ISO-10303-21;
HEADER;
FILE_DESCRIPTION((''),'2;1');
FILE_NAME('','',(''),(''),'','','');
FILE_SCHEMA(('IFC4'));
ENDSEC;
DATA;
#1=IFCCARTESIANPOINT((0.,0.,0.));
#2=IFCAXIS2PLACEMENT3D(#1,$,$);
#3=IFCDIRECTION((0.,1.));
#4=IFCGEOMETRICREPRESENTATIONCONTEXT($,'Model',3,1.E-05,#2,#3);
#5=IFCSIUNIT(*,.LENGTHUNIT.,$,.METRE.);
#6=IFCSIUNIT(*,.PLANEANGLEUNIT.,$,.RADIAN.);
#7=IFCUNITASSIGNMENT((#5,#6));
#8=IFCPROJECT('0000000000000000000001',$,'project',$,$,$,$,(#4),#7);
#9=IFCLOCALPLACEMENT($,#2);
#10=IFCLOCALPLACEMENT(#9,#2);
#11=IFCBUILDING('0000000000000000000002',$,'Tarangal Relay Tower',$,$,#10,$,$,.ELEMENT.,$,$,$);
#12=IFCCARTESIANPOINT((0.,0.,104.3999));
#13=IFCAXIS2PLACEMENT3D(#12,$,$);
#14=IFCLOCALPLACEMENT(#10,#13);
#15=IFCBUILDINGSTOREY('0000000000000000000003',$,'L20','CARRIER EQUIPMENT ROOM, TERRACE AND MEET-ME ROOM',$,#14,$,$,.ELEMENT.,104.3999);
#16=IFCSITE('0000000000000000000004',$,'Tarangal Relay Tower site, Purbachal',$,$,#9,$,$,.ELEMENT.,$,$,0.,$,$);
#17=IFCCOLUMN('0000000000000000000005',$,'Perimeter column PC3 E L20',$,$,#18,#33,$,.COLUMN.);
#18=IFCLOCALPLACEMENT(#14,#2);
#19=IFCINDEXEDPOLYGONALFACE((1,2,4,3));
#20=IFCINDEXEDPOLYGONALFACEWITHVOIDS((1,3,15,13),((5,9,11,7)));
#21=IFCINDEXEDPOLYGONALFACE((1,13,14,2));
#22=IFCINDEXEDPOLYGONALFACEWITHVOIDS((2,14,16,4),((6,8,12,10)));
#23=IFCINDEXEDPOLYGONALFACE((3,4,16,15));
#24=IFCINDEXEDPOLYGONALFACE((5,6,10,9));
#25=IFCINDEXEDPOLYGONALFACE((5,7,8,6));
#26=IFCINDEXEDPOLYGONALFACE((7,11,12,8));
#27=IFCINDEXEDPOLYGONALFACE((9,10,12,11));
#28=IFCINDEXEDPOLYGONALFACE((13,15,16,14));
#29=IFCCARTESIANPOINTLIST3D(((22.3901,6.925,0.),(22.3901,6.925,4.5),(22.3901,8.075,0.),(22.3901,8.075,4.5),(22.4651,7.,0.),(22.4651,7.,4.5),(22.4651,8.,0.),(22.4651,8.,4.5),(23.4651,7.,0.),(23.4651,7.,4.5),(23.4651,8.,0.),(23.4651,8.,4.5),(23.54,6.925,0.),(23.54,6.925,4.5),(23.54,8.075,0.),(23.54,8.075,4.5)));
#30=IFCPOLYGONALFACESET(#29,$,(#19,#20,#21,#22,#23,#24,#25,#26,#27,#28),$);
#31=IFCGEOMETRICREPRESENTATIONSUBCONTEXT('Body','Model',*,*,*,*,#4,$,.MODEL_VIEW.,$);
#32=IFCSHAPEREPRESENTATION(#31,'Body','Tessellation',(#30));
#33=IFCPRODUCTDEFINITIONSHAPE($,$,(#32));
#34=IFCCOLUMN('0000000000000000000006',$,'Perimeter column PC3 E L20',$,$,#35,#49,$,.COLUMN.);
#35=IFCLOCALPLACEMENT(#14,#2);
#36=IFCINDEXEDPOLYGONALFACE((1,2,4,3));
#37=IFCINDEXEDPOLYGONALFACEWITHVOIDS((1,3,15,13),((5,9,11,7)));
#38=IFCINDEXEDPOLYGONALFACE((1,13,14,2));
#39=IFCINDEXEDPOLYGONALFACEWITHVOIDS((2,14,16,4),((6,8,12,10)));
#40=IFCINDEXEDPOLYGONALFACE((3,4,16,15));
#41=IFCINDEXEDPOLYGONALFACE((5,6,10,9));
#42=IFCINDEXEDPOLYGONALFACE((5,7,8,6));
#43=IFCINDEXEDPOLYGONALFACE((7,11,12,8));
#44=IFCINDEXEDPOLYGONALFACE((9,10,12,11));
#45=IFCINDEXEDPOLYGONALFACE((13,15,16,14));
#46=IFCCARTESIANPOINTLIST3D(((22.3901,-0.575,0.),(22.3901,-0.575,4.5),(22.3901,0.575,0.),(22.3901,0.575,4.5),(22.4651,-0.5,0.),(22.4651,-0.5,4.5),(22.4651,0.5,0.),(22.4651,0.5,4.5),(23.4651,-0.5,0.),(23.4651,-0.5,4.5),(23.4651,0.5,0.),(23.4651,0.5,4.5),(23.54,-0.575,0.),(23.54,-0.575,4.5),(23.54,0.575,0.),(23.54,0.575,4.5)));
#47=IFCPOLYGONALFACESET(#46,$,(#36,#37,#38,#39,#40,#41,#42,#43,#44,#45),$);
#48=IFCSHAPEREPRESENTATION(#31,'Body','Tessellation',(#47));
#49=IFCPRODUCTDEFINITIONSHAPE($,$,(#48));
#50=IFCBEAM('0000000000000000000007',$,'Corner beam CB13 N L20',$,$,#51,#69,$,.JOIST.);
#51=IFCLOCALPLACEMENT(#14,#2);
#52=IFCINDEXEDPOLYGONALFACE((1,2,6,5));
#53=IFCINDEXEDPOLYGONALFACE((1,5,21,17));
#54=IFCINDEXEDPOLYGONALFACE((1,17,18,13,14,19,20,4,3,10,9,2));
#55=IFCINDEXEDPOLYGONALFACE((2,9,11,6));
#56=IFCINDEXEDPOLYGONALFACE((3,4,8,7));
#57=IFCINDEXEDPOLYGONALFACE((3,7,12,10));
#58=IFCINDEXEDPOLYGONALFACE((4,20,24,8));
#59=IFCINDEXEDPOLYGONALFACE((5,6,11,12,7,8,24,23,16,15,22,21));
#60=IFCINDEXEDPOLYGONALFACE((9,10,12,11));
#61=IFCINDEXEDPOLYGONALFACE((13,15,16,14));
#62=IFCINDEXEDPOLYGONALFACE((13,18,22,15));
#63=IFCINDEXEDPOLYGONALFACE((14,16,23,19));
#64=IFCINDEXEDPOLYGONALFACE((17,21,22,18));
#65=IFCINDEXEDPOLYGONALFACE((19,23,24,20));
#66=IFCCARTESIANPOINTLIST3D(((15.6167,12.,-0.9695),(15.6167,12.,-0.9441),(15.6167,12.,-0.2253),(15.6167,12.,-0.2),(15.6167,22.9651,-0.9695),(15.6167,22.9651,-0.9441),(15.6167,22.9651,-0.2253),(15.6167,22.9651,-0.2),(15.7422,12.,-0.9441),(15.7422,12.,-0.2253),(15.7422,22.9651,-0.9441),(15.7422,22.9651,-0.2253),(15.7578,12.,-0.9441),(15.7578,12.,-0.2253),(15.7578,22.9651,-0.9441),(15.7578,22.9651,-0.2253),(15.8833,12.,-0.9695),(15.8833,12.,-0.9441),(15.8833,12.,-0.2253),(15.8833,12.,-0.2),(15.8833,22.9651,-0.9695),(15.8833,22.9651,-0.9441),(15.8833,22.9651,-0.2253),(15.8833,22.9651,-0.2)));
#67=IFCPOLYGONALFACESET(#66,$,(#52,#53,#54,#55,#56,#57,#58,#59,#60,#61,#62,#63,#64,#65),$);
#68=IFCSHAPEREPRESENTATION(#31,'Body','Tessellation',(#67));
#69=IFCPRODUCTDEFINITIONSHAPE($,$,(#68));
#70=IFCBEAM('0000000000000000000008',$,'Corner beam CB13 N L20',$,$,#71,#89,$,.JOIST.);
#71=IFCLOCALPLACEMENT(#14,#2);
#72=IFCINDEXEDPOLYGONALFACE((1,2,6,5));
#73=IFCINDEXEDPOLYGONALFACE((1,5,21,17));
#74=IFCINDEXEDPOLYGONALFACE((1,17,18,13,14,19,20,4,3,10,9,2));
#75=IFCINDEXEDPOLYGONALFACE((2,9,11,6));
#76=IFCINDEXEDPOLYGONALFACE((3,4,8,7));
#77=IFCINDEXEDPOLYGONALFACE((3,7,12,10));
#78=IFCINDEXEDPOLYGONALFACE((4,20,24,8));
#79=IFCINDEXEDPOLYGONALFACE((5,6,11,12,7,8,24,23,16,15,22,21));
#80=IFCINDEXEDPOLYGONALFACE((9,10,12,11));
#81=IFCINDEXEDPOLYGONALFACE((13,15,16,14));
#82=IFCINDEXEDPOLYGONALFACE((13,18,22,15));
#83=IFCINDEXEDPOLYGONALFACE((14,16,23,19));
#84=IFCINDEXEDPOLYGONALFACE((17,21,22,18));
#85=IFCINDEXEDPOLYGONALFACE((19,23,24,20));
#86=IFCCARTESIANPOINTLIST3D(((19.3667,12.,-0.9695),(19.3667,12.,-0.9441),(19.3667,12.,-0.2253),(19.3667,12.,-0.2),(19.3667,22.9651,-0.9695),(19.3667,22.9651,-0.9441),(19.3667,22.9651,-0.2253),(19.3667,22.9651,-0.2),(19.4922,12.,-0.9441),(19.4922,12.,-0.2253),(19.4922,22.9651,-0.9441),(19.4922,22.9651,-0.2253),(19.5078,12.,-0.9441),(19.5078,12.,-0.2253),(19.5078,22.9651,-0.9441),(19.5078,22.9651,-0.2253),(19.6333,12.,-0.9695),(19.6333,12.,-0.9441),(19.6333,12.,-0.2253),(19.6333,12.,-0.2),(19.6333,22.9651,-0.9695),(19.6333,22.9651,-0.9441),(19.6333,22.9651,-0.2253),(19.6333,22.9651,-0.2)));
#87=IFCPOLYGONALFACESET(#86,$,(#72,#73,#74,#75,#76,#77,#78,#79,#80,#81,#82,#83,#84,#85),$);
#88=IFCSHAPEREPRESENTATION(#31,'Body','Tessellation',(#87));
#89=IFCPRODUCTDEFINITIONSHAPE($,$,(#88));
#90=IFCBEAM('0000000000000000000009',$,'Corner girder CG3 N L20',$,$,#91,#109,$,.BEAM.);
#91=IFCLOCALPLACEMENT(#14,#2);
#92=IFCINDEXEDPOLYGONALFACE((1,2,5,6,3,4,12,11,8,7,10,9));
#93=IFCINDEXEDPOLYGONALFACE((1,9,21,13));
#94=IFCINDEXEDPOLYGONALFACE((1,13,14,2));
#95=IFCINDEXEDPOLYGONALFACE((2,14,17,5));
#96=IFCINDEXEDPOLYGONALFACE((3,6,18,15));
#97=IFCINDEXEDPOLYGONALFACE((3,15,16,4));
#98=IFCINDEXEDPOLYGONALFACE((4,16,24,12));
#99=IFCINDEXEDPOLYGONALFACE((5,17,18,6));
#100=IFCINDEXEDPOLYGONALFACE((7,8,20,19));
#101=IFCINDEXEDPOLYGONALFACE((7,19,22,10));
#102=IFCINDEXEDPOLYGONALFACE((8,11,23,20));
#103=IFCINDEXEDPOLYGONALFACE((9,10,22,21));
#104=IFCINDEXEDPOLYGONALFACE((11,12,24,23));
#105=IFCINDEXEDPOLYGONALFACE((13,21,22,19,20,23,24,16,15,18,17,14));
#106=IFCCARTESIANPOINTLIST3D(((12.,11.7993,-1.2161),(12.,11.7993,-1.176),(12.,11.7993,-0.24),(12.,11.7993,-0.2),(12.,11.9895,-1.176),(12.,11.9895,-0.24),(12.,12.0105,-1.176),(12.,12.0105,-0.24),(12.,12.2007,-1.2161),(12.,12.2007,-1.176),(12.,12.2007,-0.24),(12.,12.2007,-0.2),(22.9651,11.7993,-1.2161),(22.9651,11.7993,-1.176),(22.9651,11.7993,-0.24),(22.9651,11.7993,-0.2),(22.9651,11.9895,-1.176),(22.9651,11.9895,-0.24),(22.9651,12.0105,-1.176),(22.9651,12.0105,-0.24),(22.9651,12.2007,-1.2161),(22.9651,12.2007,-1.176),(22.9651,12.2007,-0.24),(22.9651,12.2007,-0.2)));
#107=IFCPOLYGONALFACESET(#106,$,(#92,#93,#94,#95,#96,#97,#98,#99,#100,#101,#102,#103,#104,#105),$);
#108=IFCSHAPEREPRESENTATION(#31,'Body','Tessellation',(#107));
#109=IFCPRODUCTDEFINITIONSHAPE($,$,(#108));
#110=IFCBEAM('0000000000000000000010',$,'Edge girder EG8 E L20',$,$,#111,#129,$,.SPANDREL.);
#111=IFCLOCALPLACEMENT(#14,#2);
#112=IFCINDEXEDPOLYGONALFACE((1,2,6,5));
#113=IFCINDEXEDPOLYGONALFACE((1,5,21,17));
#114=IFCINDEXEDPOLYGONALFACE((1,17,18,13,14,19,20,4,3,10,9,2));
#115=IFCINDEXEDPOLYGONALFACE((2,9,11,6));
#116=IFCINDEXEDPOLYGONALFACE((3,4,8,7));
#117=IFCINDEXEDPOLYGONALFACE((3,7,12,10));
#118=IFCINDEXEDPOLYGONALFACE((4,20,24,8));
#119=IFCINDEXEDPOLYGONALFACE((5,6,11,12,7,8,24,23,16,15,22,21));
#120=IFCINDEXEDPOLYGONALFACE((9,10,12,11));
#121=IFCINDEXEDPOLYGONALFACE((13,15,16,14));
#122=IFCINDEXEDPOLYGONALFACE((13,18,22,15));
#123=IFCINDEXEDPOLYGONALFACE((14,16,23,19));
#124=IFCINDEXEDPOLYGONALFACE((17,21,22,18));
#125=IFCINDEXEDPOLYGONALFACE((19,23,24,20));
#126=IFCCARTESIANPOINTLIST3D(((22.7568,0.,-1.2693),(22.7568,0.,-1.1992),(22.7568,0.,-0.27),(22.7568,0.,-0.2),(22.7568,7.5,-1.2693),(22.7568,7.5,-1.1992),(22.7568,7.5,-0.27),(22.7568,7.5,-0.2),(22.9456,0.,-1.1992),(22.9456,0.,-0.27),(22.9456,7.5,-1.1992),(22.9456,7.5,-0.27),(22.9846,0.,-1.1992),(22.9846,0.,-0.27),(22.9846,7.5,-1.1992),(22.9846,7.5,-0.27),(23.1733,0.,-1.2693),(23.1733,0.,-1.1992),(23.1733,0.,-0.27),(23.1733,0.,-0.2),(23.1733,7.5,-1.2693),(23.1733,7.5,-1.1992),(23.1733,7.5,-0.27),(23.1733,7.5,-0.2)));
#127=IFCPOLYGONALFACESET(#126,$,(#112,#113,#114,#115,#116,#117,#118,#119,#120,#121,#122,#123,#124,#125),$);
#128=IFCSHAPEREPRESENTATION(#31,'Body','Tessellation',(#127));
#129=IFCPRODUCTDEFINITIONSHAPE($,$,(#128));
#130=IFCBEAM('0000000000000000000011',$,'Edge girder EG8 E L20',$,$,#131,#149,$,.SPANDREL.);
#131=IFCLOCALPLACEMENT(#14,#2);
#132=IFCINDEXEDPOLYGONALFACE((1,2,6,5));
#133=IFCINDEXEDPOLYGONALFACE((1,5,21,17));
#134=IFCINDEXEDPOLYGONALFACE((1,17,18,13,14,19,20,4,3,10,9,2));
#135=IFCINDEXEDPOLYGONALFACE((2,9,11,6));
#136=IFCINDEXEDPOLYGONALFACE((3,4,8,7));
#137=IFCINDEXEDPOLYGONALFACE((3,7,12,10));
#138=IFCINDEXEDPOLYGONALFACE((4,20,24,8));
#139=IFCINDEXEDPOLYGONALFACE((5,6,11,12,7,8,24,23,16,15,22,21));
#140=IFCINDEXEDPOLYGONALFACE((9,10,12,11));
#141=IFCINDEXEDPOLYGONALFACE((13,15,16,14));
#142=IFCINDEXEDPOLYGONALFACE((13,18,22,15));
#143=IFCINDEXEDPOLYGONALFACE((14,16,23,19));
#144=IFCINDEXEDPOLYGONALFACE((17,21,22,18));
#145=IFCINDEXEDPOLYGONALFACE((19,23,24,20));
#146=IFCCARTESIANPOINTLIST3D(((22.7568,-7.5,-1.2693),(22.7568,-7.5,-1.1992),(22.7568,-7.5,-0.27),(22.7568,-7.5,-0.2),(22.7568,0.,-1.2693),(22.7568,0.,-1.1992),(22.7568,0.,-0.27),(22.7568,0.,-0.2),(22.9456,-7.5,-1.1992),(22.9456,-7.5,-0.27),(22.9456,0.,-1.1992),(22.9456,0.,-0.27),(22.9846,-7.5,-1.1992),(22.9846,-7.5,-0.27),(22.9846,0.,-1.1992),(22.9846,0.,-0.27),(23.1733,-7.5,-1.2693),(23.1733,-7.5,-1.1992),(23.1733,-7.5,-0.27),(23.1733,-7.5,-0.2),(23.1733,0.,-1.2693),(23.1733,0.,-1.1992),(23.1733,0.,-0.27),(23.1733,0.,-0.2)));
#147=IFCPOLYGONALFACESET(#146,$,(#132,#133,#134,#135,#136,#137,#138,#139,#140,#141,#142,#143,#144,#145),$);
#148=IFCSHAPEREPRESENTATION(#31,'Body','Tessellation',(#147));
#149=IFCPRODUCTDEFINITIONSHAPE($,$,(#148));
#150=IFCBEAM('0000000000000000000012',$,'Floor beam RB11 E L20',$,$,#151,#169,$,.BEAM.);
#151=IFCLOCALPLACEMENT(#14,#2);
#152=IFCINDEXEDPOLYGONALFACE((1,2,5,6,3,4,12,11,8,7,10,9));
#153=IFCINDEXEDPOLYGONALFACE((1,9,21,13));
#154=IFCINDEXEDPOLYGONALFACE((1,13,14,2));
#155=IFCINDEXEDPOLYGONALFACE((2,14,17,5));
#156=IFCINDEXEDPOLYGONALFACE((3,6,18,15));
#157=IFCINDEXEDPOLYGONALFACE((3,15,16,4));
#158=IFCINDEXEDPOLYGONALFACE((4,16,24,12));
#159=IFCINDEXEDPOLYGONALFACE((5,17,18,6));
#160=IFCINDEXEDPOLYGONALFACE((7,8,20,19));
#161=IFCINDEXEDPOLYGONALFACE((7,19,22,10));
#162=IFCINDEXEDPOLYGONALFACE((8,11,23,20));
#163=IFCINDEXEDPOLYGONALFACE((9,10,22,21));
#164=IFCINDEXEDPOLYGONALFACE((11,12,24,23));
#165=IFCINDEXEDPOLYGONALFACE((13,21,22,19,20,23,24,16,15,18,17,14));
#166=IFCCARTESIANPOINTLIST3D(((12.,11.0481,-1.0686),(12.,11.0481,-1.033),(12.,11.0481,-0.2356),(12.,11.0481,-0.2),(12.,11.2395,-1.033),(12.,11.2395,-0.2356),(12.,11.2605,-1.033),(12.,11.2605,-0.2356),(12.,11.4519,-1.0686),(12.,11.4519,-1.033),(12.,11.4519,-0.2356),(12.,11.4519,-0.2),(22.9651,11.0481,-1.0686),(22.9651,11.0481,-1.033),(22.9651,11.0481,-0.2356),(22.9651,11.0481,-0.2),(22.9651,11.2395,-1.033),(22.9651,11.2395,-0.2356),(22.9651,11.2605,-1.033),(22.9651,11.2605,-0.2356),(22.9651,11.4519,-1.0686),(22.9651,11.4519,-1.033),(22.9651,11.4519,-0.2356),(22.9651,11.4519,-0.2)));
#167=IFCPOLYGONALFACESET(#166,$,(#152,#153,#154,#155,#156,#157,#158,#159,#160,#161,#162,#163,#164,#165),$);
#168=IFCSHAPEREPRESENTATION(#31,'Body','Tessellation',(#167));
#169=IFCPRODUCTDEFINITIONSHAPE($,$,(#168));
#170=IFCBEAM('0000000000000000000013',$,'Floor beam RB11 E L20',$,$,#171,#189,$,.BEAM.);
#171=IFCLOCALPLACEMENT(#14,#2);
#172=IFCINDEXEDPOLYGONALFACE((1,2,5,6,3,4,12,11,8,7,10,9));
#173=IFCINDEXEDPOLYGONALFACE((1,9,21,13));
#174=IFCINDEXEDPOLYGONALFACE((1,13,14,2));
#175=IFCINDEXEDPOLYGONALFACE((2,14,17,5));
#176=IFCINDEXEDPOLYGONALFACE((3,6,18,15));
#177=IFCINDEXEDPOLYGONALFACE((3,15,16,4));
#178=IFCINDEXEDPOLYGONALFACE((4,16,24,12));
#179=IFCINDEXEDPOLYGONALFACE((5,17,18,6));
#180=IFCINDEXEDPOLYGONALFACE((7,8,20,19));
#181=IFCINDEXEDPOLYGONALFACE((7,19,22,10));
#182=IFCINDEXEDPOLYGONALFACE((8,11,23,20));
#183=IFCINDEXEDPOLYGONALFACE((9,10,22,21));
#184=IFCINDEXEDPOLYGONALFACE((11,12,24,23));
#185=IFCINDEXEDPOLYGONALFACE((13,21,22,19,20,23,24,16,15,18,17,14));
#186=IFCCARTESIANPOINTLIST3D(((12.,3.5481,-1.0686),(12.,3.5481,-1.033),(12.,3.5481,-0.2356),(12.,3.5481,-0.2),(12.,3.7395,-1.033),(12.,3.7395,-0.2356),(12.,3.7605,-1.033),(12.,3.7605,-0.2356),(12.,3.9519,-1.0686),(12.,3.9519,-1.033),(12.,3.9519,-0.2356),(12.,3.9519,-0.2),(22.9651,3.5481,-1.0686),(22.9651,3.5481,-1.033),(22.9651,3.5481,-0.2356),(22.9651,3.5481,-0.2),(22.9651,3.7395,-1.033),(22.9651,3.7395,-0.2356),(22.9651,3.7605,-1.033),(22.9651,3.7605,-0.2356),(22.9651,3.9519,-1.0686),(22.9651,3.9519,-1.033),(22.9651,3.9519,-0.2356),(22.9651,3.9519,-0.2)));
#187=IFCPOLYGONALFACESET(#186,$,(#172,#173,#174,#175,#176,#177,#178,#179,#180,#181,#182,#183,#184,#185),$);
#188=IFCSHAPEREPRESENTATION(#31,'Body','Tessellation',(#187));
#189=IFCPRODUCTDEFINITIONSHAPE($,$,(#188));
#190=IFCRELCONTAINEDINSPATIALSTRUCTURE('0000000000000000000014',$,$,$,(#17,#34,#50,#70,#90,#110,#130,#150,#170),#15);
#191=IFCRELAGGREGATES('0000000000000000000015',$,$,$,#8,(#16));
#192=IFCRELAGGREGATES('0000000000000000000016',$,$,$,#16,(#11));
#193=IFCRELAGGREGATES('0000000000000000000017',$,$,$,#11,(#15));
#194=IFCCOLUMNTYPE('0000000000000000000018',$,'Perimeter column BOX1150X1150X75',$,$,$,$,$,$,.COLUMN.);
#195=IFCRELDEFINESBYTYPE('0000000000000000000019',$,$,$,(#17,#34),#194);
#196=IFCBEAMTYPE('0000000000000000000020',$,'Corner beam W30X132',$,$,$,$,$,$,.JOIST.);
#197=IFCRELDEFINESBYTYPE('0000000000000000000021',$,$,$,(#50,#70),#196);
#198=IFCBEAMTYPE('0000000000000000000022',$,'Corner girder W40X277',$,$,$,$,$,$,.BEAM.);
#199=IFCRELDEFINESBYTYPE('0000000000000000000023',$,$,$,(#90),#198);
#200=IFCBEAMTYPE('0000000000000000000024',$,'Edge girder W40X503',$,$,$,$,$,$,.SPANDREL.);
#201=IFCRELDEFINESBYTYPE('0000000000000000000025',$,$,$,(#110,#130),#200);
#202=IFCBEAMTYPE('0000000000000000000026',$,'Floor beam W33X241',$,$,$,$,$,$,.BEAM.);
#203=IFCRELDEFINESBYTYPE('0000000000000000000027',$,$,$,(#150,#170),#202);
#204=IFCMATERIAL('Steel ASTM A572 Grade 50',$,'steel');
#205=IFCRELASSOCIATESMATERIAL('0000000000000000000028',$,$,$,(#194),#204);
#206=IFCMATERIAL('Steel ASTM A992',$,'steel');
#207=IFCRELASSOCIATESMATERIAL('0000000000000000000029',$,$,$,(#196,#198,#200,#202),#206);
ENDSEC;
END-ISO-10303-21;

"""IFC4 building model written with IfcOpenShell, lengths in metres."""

from ifc_helpers import new_model, si_unit, direction, frame, origin, origin_2d, place, context, subcontext, project, spatial, hollow_rectangle, i_section, extrude, material, material_profile, profile_set, type_object, element, save


model = new_model("IFC4")

# Units and contexts
model_context = context("Model", 3, precision=1e-05, world=origin(), true_north=direction((0.0, 1.0)))
body_context = subcontext(model_context, "Body", "Model", "MODEL_VIEW")
ifc_project = project(units=[si_unit("LENGTHUNIT", "METRE"), si_unit("PLANEANGLEUNIT", "RADIAN")], contexts=[model_context])

# Site, building, storey
site_placement = place(None, origin())
site = spatial("IfcSite", under=ifc_project, at=site_placement, Name="Tarangal Relay Tower site, Purbachal", CompositionType="ELEMENT", RefElevation=0.0)
building_placement = place(site_placement, origin())
building = spatial("IfcBuilding", under=site, at=building_placement, Name="Tarangal Relay Tower", CompositionType="ELEMENT")
storey_placement = place(building_placement, frame((0.0, 0.0, 104.3999)))
storey = spatial("IfcBuildingStorey", under=building, at=storey_placement, Name="L20", Description="CARRIER EQUIPMENT ROOM, TERRACE AND MEET-ME ROOM", CompositionType="ELEMENT", Elevation=104.3999)

# Columns
ifc_material_1 = material(Name="Steel ASTM A572 Grade 50", Category="steel")
ifc_material_profile_1 = material_profile(ifc_material_1, hollow_rectangle(XDim=1.1499, YDim=1.1499, WallThickness=0.075, at=origin_2d()), Name="BOX1150X1150X75")
ifc_profile_set_1 = profile_set([ifc_material_profile_1], Name="Steel ASTM A572 Grade 50")
column_type = type_object("IfcColumnType", Name="Perimeter column BOX1150X1150X75", PredefinedType="COLUMN", material=ifc_profile_set_1)
for number, where, z_axis, x_axis, name in (
    (1, (22.9651, 7.5, 0.0), (0.0, 0.0, 1.0), (1.0, 0.0, 0.0), "Perimeter column PC3 E L20"),
    (2, (22.9651, 0.0, 0.0), (0.0, 0.0, 1.0), (1.0, 0.0, 0.0), "Perimeter column PC3 E L20"),
):
    element("IfcColumn", number, at=place(storey_placement, frame(where, z_axis=z_axis, x_axis=x_axis)), inside=storey, type_object=column_type, Name=name, PredefinedType="COLUMN", context=body_context, shape_type="SweptSolid", body=[
        extrude(hollow_rectangle(XDim=1.1499, YDim=1.1499, WallThickness=0.075, at=origin_2d()), origin(), (0.0, 0.0, 1.0), 4.5),
    ])

# Beams
ifc_material_2 = material(Name="Steel ASTM A992", Category="steel")
ifc_material_profile_2 = material_profile(ifc_material_2, i_section(OverallWidth=0.2666, OverallDepth=0.7695, WebThickness=0.0156, FlangeThickness=0.0254, at=origin_2d()), Name="W30X132")
ifc_profile_set_2 = profile_set([ifc_material_profile_2], Name="Steel ASTM A992")
beam_type_1 = type_object("IfcBeamType", Name="Corner beam W30X132", PredefinedType="JOIST", material=ifc_profile_set_2)
for number, where, z_axis, x_axis, name in (
    (3, (15.75, 12.0, -0.5847), (0.0, 1.0, 0.0), (-1.0, 0.0, 0.0), "Corner beam CB13 N L20"),
    (4, (19.5, 12.0, -0.5847), (0.0, 1.0, 0.0), (-1.0, 0.0, 0.0), "Corner beam CB13 N L20"),
):
    element("IfcBeam", number, at=place(storey_placement, frame(where, z_axis=z_axis, x_axis=x_axis)), inside=storey, type_object=beam_type_1, Name=name, PredefinedType="JOIST", context=body_context, shape_type="SweptSolid", body=[
        extrude(i_section(OverallWidth=0.2666, OverallDepth=0.7695, WebThickness=0.0156, FlangeThickness=0.0254, at=origin_2d()), origin(), (0.0, 0.0, 1.0), 10.9651),
    ])
ifc_material_profile_3 = material_profile(ifc_material_2, i_section(OverallWidth=0.4014, OverallDepth=1.0161, WebThickness=0.021, FlangeThickness=0.04, at=origin_2d()), Name="W40X277")
ifc_profile_set_3 = profile_set([ifc_material_profile_3], Name="Steel ASTM A992")
beam_type_2 = type_object("IfcBeamType", Name="Corner girder W40X277", PredefinedType="BEAM", material=ifc_profile_set_3)
beam_placement = place(storey_placement, frame((12.0, 12.0, -0.708), z_axis=(1.0, 0.0, 0.0), x_axis=(0.0, 1.0, 0.0)))
element("IfcBeam", 5, at=beam_placement, inside=storey, type_object=beam_type_2, Name="Corner girder CG3 N L20", PredefinedType="BEAM", context=body_context, shape_type="SweptSolid", body=[
    extrude(i_section(OverallWidth=0.4014, OverallDepth=1.0161, WebThickness=0.021, FlangeThickness=0.04, at=origin_2d()), origin(), (0.0, 0.0, 1.0), 10.9651),
])
ifc_material_profile_4 = material_profile(ifc_material_2, i_section(OverallWidth=0.4165, OverallDepth=1.0693, WebThickness=0.0391, FlangeThickness=0.0701, at=origin_2d()), Name="W40X503")
ifc_profile_set_4 = profile_set([ifc_material_profile_4], Name="Steel ASTM A992")
beam_type_3 = type_object("IfcBeamType", Name="Edge girder W40X503", PredefinedType="SPANDREL", material=ifc_profile_set_4)
for number, where, z_axis, x_axis, name in (
    (6, (22.9651, 7.5, -0.7346), (0.0, -1.0, 0.0), (1.0, 0.0, 0.0), "Edge girder EG8 E L20"),
    (7, (22.9651, 0.0, -0.7346), (0.0, -1.0, 0.0), (1.0, 0.0, 0.0), "Edge girder EG8 E L20"),
):
    element("IfcBeam", number, at=place(storey_placement, frame(where, z_axis=z_axis, x_axis=x_axis)), inside=storey, type_object=beam_type_3, Name=name, PredefinedType="SPANDREL", context=body_context, shape_type="SweptSolid", body=[
        extrude(i_section(OverallWidth=0.4165, OverallDepth=1.0693, WebThickness=0.0391, FlangeThickness=0.0701, at=origin_2d()), origin(), (0.0, 0.0, 1.0), 7.5),
    ])
ifc_material_profile_5 = material_profile(ifc_material_2, i_section(OverallWidth=0.4038, OverallDepth=0.8687, WebThickness=0.021, FlangeThickness=0.0356, at=origin_2d()), Name="W33X241")
ifc_profile_set_5 = profile_set([ifc_material_profile_5], Name="Steel ASTM A992")
beam_type_4 = type_object("IfcBeamType", Name="Floor beam W33X241", PredefinedType="BEAM", material=ifc_profile_set_5)
for number, where, z_axis, x_axis, name in (
    (8, (12.0, 11.25, -0.6343), (1.0, 0.0, 0.0), (0.0, 1.0, 0.0), "Floor beam RB11 E L20"),
    (9, (12.0, 3.75, -0.6343), (1.0, 0.0, 0.0), (0.0, 1.0, 0.0), "Floor beam RB11 E L20"),
):
    element("IfcBeam", number, at=place(storey_placement, frame(where, z_axis=z_axis, x_axis=x_axis)), inside=storey, type_object=beam_type_4, Name=name, PredefinedType="BEAM", context=body_context, shape_type="SweptSolid", body=[
        extrude(i_section(OverallWidth=0.4038, OverallDepth=0.8687, WebThickness=0.021, FlangeThickness=0.0356, at=origin_2d()), origin(), (0.0, 0.0, 1.0), 10.9651),
    ])

save(model, "model.ifc")
